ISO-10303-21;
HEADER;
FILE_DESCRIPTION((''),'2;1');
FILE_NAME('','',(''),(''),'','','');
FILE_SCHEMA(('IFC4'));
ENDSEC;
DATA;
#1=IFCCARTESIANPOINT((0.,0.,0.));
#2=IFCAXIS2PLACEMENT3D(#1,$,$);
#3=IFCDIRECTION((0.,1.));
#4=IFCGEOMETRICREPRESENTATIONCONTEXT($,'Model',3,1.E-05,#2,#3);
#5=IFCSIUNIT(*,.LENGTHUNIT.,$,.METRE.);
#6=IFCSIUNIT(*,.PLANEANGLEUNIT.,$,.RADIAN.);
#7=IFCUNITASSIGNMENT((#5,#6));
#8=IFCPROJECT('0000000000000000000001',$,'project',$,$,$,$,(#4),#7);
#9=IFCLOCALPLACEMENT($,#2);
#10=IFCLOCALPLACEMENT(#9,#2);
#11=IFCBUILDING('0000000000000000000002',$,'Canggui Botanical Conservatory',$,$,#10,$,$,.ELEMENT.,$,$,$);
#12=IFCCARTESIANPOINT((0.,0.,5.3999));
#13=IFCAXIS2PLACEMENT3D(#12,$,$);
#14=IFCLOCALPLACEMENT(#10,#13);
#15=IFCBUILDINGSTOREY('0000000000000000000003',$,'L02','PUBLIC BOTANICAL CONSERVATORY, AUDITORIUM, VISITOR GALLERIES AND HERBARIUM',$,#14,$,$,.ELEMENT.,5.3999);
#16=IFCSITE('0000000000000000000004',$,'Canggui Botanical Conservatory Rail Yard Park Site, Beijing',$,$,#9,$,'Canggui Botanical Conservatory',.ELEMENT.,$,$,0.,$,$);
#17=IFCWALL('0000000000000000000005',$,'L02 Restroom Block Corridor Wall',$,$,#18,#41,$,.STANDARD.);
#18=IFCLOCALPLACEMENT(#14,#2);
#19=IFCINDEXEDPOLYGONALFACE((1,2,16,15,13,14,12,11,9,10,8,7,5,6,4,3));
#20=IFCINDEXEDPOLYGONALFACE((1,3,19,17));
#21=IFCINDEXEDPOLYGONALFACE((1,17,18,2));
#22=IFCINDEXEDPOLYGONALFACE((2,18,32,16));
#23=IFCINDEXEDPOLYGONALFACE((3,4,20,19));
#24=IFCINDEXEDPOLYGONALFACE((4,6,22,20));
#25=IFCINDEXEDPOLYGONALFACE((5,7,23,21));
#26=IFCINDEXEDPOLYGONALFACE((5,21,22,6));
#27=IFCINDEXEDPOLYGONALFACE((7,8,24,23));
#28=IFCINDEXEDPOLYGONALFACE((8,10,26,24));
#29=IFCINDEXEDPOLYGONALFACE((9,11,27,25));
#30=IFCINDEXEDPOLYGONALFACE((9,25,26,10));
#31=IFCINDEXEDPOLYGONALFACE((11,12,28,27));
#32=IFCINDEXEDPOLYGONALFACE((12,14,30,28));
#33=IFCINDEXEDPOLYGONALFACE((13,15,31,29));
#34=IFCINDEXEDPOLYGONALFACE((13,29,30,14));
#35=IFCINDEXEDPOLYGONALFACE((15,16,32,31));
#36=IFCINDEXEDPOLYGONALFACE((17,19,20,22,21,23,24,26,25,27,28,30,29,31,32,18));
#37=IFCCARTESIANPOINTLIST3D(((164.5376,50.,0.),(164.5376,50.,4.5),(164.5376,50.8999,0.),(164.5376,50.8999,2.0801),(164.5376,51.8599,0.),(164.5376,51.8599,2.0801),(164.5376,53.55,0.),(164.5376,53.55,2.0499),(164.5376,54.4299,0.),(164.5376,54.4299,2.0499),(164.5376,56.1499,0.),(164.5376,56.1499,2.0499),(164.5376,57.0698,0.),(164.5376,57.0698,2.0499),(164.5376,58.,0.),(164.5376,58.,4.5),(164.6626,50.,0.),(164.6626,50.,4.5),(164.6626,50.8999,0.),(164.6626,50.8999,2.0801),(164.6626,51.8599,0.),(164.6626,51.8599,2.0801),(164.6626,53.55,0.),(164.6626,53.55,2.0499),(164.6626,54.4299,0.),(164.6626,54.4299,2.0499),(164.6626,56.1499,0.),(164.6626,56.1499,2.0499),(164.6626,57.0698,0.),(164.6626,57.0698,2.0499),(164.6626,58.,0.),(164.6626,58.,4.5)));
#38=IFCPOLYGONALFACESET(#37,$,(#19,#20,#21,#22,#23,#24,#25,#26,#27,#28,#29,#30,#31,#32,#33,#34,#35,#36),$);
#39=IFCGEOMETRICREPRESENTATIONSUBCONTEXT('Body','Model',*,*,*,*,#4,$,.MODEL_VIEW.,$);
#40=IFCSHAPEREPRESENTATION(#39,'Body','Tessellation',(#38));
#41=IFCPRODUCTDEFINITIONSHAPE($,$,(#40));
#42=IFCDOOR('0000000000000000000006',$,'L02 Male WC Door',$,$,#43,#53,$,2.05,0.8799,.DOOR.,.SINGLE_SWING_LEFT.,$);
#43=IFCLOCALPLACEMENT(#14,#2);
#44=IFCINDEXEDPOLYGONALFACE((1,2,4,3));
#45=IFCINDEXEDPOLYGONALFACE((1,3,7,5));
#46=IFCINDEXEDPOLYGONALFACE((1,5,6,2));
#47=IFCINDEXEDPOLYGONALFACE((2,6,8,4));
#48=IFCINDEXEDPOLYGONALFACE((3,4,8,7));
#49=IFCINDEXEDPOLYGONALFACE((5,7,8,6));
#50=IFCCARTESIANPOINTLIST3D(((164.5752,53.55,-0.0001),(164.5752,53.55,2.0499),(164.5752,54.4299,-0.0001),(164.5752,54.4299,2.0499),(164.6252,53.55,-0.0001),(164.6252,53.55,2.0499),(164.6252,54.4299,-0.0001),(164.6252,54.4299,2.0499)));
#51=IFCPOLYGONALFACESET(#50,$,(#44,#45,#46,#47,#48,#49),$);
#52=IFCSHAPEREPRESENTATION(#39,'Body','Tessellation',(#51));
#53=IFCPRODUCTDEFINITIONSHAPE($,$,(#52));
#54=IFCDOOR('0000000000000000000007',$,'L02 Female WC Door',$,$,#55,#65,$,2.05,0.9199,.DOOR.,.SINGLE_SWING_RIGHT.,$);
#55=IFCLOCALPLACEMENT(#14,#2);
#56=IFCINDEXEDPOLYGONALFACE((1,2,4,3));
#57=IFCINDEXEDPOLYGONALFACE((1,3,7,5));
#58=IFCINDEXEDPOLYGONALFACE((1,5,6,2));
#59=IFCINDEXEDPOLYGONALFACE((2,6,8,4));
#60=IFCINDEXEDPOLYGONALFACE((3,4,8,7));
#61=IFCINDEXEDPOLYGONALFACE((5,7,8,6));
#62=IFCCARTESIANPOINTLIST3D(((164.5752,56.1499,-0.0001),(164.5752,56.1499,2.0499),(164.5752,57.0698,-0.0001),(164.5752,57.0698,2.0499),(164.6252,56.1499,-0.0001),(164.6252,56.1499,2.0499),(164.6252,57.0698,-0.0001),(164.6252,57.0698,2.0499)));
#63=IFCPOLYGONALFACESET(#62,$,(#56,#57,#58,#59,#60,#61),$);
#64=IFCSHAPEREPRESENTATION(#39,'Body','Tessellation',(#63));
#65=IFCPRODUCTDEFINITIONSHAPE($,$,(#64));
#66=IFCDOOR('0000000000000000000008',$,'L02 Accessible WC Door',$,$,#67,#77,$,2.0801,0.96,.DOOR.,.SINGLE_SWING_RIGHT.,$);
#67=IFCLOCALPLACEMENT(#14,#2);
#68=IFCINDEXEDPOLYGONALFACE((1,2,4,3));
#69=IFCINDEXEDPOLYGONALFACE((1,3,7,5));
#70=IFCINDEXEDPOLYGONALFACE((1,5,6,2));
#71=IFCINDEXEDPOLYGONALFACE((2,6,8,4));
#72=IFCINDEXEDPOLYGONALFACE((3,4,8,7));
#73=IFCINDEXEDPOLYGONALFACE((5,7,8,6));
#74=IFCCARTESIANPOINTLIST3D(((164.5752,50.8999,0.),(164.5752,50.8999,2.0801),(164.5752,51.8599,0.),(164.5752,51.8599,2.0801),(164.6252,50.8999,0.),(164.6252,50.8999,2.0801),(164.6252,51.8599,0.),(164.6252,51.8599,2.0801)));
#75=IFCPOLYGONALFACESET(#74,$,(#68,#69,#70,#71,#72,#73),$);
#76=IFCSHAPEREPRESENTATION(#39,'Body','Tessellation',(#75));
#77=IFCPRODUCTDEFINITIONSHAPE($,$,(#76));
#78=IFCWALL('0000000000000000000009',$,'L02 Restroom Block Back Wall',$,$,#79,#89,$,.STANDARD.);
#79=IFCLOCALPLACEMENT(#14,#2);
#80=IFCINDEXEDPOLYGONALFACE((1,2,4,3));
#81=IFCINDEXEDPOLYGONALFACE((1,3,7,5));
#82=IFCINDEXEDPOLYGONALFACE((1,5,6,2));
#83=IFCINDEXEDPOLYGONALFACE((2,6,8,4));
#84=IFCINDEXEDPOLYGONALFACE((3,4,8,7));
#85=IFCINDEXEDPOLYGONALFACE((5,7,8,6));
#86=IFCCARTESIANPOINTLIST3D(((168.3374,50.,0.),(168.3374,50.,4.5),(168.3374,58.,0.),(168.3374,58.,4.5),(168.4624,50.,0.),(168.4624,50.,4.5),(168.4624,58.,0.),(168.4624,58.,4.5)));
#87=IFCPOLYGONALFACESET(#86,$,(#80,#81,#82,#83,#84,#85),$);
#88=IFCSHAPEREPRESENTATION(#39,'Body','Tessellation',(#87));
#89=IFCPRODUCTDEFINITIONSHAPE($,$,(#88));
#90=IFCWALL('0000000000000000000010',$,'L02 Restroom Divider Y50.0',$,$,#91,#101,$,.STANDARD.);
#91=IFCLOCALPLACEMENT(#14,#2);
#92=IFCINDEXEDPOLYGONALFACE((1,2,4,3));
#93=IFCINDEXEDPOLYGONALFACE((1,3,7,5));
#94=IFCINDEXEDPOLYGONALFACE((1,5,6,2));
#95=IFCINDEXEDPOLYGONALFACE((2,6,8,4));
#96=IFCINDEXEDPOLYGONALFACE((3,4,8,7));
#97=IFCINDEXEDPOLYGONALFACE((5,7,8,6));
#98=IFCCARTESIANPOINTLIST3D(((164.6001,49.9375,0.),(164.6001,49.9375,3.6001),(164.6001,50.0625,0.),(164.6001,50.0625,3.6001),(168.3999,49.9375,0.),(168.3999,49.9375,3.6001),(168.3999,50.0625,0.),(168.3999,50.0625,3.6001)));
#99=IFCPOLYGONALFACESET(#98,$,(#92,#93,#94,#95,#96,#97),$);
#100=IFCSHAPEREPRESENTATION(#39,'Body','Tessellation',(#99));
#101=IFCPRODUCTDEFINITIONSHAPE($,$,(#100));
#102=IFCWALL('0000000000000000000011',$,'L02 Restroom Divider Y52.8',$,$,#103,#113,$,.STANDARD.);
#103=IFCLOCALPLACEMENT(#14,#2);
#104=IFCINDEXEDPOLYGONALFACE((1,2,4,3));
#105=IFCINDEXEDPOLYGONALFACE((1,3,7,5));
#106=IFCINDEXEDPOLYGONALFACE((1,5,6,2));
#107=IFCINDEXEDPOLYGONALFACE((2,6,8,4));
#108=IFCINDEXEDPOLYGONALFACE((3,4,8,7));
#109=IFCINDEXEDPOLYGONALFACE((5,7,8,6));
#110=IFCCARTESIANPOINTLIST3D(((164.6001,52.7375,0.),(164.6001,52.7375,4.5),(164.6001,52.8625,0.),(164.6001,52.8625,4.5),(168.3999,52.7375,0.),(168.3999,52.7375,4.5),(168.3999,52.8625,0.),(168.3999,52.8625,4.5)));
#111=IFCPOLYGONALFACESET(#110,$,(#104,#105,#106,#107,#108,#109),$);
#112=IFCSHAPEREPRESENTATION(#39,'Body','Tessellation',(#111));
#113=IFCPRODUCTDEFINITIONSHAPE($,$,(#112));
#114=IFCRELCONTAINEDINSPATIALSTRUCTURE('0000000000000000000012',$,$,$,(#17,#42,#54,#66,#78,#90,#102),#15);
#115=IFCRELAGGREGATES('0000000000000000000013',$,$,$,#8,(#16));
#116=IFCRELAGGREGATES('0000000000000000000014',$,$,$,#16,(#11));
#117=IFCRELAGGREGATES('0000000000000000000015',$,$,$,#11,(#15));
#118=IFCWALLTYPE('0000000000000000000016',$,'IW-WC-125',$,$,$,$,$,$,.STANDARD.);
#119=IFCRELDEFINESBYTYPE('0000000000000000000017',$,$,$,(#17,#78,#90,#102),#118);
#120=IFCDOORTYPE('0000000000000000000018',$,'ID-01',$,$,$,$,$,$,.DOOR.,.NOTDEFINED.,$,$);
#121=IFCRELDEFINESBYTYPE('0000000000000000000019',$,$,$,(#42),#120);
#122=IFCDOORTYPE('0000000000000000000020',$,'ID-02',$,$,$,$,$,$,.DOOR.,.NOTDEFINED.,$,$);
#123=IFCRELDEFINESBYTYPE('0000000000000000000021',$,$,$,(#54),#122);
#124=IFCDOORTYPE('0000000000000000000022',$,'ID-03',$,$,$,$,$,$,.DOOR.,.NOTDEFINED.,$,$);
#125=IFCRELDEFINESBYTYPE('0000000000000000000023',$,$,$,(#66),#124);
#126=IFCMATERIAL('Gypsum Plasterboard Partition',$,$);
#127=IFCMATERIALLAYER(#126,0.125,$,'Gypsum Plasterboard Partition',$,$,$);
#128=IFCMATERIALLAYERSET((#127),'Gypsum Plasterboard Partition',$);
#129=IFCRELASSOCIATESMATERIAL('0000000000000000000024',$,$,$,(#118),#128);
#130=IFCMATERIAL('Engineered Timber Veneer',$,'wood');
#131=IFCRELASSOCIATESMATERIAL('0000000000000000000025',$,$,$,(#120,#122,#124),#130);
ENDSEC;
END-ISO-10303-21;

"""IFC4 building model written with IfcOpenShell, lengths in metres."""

from ifc_helpers import new_model, si_unit, direction, frame, frame_2d, origin, place, context, subcontext, project, spatial, rectangle, extrude, material, layer, layer_set, type_object, element, fill, save


model = new_model("IFC4")

# Units and contexts
model_context = context("Model", 3, precision=1e-05, world=origin(), true_north=direction((0.0, 1.0)))
body_context = subcontext(model_context, "Body", "Model", "MODEL_VIEW")
ifc_project = project(units=[si_unit("LENGTHUNIT", "METRE"), si_unit("PLANEANGLEUNIT", "RADIAN")], contexts=[model_context])

# Site, building, storey
site_placement = place(None, origin())
site = spatial("IfcSite", under=ifc_project, at=site_placement, Name="Canggui Botanical Conservatory Rail Yard Park Site, Beijing", LongName="Canggui Botanical Conservatory", CompositionType="ELEMENT", RefElevation=0.0)
building_placement = place(site_placement, origin())
building = spatial("IfcBuilding", under=site, at=building_placement, Name="Canggui Botanical Conservatory", CompositionType="ELEMENT")
storey_placement = place(building_placement, frame((0.0, 0.0, 5.3999)))
storey = spatial("IfcBuildingStorey", under=building, at=storey_placement, Name="L02", Description="PUBLIC BOTANICAL CONSERVATORY, AUDITORIUM, VISITOR GALLERIES AND HERBARIUM", CompositionType="ELEMENT", Elevation=5.3999)

# Wall, openings, doors
ifc_material_1 = material(Name="Gypsum Plasterboard Partition")
ifc_layer_1 = layer(ifc_material_1, 0.125, Name="Gypsum Plasterboard Partition")
ifc_layer_set_1 = layer_set([ifc_layer_1], Name="Gypsum Plasterboard Partition")
wall_type_1 = type_object("IfcWallType", Name="IW-WC-125", PredefinedType="STANDARD", material=ifc_layer_set_1)
wall_1_placement = place(storey_placement, frame((164.6001, 50.0, 0.0), z_axis=(0.0, 0.0, 1.0), x_axis=(0.0, 1.0, 0.0)))
wall_1 = element("IfcWall", 1, at=wall_1_placement, inside=storey, type_object=wall_type_1, Name="L02 Restroom Block Corridor Wall", PredefinedType="STANDARD", context=body_context, shape_type="SweptSolid", body=[
    extrude(rectangle(XDim=8.0, YDim=0.125, at=frame_2d((4.0, 0.0))), origin(), (0.0, 0.0, 1.0), 4.5),
])
opening_1_placement = place(wall_1_placement, frame((0.8999, 0.0, 0.0)))
opening_1 = element("IfcOpeningElement", 2, at=opening_1_placement, cuts=wall_1, PredefinedType="OPENING", context=body_context, shape_type="SweptSolid", body=[
    extrude(rectangle(XDim=0.96, YDim=2.0801, at=frame_2d((0.48, 1.04))), frame((0.0, 0.0725, 0.0), z_axis=(0.0, -1.0, 0.0), x_axis=(1.0, 0.0, 0.0)), (0.0, 0.0, 1.0), 0.145),
])
opening_2_placement = place(wall_1_placement, frame((3.55, 0.0, 0.0)))
opening_2 = element("IfcOpeningElement", 3, at=opening_2_placement, cuts=wall_1, PredefinedType="OPENING", context=body_context, shape_type="SweptSolid", body=[
    extrude(rectangle(XDim=0.8799, YDim=2.05, at=frame_2d((0.4399, 1.0249))), frame((0.0, 0.0725, 0.0), z_axis=(0.0, -1.0, 0.0), x_axis=(1.0, 0.0, 0.0)), (0.0, 0.0, 1.0), 0.145),
])
opening_3_placement = place(wall_1_placement, frame((6.1499, 0.0, 0.0)))
opening_3 = element("IfcOpeningElement", 4, at=opening_3_placement, cuts=wall_1, PredefinedType="OPENING", context=body_context, shape_type="SweptSolid", body=[
    extrude(rectangle(XDim=0.9199, YDim=2.05, at=frame_2d((0.46, 1.0249))), frame((0.0, 0.0725, 0.0), z_axis=(0.0, -1.0, 0.0), x_axis=(1.0, 0.0, 0.0)), (0.0, 0.0, 1.0), 0.145),
])
ifc_material_2 = material(Name="Engineered Timber Veneer", Category="wood")
door_type_1 = type_object("IfcDoorType", Name="ID-01", OperationType="NOTDEFINED", PredefinedType="DOOR", material=ifc_material_2)
door_1_placement = place(opening_2_placement, origin())
door_1 = element("IfcDoor", 5, at=door_1_placement, inside=storey, type_object=door_type_1, Name="L02 Male WC Door", OperationType="SINGLE_SWING_LEFT", OverallHeight=2.05, OverallWidth=0.8799, PredefinedType="DOOR", context=body_context, shape_type="SweptSolid", body=[
    extrude(rectangle(XDim=0.8799, YDim=2.05, at=frame_2d((0.4399, 1.0249))), frame((0.0, 0.0249, 0.0), z_axis=(0.0, -1.0, 0.0), x_axis=(1.0, 0.0, 0.0)), (0.0, 0.0, 1.0), 0.05),
])
fill(opening_2, door_1)
door_type_2 = type_object("IfcDoorType", Name="ID-02", OperationType="NOTDEFINED", PredefinedType="DOOR", material=ifc_material_2)
door_2_placement = place(opening_3_placement, origin())
door_2 = element("IfcDoor", 6, at=door_2_placement, inside=storey, type_object=door_type_2, Name="L02 Female WC Door", OperationType="SINGLE_SWING_RIGHT", OverallHeight=2.05, OverallWidth=0.9199, PredefinedType="DOOR", context=body_context, shape_type="SweptSolid", body=[
    extrude(rectangle(XDim=0.9199, YDim=2.05, at=frame_2d((0.46, 1.0249))), frame((0.0, 0.0249, 0.0), z_axis=(0.0, -1.0, 0.0), x_axis=(1.0, 0.0, 0.0)), (0.0, 0.0, 1.0), 0.05),
])
fill(opening_3, door_2)
door_type_3 = type_object("IfcDoorType", Name="ID-03", OperationType="NOTDEFINED", PredefinedType="DOOR", material=ifc_material_2)
door_3_placement = place(opening_1_placement, origin())
door_3 = element("IfcDoor", 7, at=door_3_placement, inside=storey, type_object=door_type_3, Name="L02 Accessible WC Door", OperationType="SINGLE_SWING_RIGHT", OverallHeight=2.0801, OverallWidth=0.96, PredefinedType="DOOR", context=body_context, shape_type="SweptSolid", body=[
    extrude(rectangle(XDim=0.96, YDim=2.0801, at=frame_2d((0.48, 1.04))), frame((0.0, 0.0249, 0.0), z_axis=(0.0, -1.0, 0.0), x_axis=(1.0, 0.0, 0.0)), (0.0, 0.0, 1.0), 0.05),
])
fill(opening_1, door_3)

# Walls
wall_2_placement = place(storey_placement, frame((168.3999, 50.0, 0.0), z_axis=(0.0, 0.0, 1.0), x_axis=(0.0, 1.0, 0.0)))
element("IfcWall", 8, at=wall_2_placement, inside=storey, type_object=wall_type_1, Name="L02 Restroom Block Back Wall", PredefinedType="STANDARD", context=body_context, shape_type="SweptSolid", body=[
    extrude(rectangle(XDim=8.0, YDim=0.125, at=frame_2d((4.0, 0.0))), origin(), (0.0, 0.0, 1.0), 4.5),
])
wall_3_placement = place(storey_placement, frame((164.6001, 50.0, 0.0), z_axis=(0.0, 0.0, 1.0), x_axis=(1.0, 0.0, 0.0)))
element("IfcWall", 9, at=wall_3_placement, inside=storey, type_object=wall_type_1, Name="L02 Restroom Divider Y50.0", PredefinedType="STANDARD", context=body_context, shape_type="SweptSolid", body=[
    extrude(rectangle(XDim=3.7998, YDim=0.125, at=frame_2d((1.8999, 0.0))), origin(), (0.0, 0.0, 1.0), 3.6001),
])
wall_4_placement = place(storey_placement, frame((164.6001, 52.8, 0.0), z_axis=(0.0, 0.0, 1.0), x_axis=(1.0, 0.0, 0.0)))
element("IfcWall", 10, at=wall_4_placement, inside=storey, type_object=wall_type_1, Name="L02 Restroom Divider Y52.8", PredefinedType="STANDARD", context=body_context, shape_type="SweptSolid", body=[
    extrude(rectangle(XDim=3.7998, YDim=0.125, at=frame_2d((1.8999, 0.0))), origin(), (0.0, 0.0, 1.0), 4.5),
])

save(model, "model.ifc")
